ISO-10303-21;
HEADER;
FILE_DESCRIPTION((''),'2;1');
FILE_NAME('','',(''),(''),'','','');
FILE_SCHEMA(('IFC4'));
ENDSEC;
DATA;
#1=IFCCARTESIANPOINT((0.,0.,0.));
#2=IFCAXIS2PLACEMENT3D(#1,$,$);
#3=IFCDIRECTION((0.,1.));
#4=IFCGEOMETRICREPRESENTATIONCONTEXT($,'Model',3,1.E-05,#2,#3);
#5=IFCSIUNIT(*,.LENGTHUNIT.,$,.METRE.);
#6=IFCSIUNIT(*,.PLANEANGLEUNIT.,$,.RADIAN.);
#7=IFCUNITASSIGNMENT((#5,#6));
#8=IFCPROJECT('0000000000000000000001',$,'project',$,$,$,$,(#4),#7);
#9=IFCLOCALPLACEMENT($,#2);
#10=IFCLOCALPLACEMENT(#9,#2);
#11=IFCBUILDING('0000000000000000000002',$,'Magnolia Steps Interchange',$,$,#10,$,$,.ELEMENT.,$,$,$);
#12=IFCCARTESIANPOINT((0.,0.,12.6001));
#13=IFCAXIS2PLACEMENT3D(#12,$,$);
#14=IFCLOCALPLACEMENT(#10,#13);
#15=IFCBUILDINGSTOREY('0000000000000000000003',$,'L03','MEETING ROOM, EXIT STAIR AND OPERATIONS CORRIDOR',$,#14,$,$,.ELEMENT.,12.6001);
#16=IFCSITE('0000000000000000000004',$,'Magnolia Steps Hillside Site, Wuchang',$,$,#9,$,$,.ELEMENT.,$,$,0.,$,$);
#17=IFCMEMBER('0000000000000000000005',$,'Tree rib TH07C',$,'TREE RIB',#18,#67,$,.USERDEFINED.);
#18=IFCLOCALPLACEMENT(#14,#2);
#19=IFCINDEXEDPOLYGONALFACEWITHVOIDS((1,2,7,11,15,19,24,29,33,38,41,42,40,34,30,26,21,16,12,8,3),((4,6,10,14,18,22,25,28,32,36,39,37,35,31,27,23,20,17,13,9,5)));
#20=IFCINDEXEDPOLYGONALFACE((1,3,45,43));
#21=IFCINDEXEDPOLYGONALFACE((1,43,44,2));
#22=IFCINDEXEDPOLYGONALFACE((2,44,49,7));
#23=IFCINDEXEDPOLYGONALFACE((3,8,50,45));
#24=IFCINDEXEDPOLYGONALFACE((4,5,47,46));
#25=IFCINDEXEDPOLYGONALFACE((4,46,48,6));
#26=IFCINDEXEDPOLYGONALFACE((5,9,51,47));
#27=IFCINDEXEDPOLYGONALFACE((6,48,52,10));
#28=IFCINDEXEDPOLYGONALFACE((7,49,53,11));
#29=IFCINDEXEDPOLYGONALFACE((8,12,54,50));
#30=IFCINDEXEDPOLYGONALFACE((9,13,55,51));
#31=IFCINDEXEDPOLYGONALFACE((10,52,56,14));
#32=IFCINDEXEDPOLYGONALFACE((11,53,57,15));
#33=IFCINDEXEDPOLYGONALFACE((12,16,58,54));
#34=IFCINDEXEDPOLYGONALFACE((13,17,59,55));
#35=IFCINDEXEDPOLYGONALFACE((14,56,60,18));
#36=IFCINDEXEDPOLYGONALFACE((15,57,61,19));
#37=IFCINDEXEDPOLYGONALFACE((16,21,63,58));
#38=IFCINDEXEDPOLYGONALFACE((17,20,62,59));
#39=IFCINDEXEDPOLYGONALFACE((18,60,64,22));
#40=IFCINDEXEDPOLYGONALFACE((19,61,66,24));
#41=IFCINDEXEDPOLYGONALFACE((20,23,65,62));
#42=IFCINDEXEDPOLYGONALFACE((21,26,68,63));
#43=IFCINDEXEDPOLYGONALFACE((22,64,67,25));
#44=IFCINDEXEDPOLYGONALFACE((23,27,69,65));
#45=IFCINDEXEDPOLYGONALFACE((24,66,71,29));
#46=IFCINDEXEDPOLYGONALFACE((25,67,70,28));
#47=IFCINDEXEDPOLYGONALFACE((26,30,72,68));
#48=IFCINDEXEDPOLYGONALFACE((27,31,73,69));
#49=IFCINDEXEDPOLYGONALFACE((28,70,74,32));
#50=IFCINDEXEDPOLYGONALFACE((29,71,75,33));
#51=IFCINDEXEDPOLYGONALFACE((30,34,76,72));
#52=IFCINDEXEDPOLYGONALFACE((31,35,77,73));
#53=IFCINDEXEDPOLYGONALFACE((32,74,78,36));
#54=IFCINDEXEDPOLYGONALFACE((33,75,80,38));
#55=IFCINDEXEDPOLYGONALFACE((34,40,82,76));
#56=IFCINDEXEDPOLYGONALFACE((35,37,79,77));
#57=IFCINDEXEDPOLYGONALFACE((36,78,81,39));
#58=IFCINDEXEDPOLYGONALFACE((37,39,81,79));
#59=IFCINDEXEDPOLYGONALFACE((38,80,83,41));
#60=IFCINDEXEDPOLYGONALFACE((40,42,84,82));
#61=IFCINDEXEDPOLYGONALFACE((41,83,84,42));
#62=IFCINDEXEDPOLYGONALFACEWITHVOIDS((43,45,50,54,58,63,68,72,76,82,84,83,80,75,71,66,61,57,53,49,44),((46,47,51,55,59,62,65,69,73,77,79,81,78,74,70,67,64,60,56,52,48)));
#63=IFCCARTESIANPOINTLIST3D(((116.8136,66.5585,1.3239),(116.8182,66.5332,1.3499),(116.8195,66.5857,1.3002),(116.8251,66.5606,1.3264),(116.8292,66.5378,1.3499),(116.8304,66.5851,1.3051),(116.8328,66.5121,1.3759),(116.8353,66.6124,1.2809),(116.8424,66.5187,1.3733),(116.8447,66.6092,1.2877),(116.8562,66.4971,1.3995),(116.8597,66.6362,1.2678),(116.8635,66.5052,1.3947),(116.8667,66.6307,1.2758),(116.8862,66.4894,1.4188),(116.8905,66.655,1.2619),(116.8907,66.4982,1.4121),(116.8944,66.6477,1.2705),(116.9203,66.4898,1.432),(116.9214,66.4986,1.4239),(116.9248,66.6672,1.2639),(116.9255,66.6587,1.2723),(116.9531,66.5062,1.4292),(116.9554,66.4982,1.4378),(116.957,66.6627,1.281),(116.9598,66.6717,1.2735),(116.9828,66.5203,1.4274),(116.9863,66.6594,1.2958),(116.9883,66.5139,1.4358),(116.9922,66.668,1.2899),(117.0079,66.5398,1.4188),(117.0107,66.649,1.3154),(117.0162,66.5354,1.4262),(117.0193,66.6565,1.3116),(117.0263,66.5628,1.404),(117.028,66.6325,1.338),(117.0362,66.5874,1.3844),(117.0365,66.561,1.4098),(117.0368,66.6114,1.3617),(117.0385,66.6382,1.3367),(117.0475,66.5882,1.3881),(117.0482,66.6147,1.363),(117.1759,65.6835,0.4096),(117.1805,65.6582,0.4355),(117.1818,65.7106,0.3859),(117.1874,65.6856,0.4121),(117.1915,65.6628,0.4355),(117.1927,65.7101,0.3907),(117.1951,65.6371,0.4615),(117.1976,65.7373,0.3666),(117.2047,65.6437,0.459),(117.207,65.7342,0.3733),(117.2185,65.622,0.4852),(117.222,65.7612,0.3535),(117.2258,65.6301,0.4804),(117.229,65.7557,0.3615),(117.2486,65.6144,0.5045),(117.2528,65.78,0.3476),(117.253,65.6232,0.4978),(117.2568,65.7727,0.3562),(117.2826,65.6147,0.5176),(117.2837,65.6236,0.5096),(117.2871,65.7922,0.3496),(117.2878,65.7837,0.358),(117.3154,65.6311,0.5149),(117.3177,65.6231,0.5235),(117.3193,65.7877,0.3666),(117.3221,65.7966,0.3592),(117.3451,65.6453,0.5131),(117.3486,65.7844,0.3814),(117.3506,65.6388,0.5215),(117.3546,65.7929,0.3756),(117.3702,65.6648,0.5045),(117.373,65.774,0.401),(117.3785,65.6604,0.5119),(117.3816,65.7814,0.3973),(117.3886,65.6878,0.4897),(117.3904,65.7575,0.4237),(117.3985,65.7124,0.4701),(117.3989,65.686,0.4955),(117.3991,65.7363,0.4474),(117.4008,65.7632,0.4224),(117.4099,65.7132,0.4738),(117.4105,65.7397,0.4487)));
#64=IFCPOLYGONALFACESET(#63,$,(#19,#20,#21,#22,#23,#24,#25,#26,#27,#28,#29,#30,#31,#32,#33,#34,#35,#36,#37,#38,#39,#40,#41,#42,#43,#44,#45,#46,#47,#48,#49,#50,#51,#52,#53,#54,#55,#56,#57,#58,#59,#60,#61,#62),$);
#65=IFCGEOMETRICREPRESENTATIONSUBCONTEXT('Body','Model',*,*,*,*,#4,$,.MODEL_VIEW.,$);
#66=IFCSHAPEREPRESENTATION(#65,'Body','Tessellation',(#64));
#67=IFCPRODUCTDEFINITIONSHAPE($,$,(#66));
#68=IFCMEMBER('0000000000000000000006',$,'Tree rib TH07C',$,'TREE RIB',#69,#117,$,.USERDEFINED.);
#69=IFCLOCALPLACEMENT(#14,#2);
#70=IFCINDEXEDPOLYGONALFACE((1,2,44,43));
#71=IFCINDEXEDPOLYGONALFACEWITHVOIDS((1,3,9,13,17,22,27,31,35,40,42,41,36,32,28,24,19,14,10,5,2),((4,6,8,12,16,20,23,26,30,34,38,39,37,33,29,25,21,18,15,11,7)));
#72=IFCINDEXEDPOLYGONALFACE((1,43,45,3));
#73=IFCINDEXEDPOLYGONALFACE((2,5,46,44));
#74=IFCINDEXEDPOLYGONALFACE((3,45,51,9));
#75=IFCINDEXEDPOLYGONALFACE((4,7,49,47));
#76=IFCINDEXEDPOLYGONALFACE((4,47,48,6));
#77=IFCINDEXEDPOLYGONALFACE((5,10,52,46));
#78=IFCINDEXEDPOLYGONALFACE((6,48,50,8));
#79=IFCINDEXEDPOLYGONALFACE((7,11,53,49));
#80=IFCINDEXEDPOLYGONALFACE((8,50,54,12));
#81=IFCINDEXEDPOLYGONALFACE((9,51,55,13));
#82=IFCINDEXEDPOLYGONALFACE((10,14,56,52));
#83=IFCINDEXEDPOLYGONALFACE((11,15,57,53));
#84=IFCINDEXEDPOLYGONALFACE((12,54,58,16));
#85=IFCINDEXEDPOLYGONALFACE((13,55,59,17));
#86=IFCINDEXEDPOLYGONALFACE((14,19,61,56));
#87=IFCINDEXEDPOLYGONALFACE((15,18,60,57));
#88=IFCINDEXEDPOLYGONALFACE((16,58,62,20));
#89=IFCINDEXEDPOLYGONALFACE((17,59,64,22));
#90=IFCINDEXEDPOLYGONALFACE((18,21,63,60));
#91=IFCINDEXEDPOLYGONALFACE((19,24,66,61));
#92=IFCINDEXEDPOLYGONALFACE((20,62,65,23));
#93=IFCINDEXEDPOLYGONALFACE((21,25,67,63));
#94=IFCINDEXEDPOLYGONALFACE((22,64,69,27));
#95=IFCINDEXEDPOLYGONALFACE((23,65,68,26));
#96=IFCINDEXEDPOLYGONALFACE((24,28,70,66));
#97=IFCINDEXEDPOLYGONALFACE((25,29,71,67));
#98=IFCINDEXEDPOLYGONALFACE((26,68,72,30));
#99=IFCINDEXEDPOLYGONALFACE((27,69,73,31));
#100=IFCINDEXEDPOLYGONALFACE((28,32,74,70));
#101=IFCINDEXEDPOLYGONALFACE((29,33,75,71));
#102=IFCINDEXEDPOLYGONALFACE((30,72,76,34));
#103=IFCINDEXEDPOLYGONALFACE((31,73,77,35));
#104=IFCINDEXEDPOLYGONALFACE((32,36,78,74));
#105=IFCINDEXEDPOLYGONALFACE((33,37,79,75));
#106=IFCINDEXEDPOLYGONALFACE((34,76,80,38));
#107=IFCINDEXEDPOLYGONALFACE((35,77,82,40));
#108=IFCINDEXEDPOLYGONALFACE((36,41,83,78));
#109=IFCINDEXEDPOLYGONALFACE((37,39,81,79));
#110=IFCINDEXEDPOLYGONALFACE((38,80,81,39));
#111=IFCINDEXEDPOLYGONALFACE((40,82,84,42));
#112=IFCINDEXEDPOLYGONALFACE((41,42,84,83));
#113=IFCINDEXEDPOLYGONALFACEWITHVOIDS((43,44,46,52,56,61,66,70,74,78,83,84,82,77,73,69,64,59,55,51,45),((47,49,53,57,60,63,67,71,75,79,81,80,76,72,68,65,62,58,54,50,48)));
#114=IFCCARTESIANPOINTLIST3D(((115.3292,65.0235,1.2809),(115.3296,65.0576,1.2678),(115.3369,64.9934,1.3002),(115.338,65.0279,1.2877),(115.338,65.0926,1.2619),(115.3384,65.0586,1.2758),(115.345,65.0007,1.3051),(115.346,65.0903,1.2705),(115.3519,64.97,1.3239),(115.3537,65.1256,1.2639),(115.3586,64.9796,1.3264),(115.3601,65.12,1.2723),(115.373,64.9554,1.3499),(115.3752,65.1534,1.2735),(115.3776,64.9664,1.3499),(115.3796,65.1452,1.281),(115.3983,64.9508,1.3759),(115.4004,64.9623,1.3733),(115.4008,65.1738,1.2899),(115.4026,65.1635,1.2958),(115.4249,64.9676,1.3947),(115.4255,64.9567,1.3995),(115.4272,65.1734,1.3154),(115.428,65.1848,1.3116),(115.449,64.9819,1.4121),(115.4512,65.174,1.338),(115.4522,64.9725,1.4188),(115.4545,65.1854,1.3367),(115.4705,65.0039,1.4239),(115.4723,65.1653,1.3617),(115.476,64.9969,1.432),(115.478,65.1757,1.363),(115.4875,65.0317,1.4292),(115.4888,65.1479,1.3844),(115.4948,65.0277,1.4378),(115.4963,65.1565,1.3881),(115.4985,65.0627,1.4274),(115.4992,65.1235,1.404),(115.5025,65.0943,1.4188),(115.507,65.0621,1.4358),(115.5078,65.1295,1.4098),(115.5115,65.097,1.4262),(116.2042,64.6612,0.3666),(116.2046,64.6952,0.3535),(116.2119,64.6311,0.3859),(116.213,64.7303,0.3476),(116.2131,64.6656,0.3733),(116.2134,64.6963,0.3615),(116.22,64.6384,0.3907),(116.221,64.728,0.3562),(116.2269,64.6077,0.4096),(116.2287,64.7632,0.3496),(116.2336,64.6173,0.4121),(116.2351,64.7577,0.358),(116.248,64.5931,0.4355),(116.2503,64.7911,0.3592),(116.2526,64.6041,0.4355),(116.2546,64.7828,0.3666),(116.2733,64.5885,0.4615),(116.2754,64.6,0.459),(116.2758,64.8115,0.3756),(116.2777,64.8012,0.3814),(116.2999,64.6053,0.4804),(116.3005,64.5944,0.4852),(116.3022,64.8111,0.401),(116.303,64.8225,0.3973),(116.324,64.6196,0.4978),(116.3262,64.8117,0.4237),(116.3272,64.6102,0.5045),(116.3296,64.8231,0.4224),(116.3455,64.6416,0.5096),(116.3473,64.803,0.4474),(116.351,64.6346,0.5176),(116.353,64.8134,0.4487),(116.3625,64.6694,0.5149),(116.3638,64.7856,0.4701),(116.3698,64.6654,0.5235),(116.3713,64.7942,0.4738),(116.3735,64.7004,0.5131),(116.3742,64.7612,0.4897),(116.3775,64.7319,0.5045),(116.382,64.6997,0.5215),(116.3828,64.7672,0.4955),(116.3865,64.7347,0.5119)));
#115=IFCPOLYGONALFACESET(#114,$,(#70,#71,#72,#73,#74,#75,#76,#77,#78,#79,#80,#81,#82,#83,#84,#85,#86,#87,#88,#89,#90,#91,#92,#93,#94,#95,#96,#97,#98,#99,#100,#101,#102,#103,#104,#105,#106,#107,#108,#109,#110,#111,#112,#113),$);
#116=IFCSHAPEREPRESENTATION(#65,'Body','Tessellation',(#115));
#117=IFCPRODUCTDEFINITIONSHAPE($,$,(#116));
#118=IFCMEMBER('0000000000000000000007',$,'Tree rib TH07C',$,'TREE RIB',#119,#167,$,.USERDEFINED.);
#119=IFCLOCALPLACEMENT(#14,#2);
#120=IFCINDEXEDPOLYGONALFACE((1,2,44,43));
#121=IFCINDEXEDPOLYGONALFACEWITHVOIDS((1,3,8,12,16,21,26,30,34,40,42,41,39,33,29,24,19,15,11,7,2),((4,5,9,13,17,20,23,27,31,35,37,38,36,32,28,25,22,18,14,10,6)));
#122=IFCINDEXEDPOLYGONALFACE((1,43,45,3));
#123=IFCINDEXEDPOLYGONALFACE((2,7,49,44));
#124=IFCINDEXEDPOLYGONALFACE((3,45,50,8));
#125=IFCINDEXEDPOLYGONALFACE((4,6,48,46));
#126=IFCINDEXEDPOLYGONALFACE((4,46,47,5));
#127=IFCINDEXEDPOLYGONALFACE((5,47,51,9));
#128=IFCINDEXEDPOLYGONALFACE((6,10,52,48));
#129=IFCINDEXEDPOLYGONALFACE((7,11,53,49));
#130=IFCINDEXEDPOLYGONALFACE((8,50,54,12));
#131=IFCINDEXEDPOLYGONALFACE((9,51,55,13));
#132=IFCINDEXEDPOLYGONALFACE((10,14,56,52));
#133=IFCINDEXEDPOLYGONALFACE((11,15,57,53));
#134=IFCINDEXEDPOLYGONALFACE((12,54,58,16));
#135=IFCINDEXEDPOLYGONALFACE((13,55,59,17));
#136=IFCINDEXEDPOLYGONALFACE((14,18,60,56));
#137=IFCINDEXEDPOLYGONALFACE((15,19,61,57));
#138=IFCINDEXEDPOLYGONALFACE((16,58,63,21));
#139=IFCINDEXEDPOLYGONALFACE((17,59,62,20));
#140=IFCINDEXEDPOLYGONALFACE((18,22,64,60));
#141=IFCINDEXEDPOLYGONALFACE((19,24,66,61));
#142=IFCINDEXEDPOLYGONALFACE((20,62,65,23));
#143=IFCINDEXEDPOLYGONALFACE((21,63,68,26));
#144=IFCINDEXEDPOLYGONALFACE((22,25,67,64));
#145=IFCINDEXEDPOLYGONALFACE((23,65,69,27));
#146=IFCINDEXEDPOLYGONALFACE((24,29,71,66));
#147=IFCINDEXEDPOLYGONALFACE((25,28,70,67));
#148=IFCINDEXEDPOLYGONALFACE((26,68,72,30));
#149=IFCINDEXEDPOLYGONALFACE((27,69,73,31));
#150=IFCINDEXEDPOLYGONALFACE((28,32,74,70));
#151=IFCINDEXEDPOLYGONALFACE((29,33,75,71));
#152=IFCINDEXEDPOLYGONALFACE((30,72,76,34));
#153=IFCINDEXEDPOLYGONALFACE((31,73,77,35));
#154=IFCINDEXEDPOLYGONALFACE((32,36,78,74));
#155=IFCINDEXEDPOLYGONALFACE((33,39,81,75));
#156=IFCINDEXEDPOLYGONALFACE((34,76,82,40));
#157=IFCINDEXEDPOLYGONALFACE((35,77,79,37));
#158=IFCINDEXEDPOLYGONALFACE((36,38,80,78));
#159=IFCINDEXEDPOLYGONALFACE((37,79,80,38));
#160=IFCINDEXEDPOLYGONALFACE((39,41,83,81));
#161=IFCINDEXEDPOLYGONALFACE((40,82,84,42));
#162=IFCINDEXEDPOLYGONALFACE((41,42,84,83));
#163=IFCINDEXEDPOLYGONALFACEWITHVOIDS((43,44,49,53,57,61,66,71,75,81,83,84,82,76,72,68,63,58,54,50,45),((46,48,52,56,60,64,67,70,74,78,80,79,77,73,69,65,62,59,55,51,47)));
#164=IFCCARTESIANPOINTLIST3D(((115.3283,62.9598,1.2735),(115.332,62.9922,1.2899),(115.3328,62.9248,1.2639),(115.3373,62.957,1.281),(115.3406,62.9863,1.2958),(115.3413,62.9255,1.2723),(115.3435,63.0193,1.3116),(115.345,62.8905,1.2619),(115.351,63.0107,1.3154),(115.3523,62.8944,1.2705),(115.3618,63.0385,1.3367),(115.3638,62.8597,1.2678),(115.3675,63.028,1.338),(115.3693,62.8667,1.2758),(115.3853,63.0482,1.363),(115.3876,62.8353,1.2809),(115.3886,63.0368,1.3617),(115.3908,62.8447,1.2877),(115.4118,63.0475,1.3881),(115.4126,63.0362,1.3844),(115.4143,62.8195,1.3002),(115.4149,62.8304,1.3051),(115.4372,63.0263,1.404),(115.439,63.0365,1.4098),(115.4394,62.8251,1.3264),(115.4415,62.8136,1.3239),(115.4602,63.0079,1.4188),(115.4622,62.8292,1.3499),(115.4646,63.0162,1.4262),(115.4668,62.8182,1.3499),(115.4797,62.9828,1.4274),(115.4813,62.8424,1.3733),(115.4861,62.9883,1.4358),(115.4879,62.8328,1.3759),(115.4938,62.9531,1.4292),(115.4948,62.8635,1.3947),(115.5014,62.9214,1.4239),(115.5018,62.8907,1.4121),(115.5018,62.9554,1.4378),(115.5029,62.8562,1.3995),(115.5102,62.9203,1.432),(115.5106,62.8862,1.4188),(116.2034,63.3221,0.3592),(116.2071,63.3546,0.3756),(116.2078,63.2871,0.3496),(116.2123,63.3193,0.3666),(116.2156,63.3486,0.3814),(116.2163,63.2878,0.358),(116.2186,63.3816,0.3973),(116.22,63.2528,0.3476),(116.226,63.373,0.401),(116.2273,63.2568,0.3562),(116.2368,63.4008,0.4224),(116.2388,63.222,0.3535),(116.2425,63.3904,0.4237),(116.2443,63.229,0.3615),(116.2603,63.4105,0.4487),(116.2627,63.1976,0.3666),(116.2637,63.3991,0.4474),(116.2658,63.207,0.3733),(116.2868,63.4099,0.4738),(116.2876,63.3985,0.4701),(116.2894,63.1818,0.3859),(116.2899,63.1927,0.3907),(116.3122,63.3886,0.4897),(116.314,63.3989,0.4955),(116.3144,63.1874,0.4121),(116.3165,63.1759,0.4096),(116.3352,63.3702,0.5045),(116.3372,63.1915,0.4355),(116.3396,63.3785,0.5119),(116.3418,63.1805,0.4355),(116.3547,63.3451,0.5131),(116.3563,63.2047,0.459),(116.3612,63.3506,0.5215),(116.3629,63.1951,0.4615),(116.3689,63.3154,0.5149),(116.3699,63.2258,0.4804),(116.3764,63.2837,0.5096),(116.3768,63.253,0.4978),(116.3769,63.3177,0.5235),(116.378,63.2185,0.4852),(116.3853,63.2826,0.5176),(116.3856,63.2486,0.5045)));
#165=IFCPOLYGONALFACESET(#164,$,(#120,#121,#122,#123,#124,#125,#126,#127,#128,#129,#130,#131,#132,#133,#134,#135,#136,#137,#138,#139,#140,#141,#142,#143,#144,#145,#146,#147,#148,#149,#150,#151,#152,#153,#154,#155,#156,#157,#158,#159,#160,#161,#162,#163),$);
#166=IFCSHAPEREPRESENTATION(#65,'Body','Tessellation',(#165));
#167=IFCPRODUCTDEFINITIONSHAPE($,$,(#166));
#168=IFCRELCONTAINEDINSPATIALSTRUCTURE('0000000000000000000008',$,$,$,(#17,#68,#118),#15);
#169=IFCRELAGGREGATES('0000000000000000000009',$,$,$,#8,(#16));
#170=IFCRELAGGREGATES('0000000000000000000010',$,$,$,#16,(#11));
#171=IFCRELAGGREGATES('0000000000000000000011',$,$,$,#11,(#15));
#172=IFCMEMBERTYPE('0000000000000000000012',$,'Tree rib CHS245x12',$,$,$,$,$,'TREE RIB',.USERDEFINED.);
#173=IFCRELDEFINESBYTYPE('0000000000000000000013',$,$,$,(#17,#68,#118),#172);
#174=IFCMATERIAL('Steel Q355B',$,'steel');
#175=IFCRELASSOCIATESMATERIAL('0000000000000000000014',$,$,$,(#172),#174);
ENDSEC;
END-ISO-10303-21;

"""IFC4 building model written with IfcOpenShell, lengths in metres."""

from ifc_helpers import new_model, si_unit, direction, frame, origin, origin_2d, place, context, subcontext, project, spatial, hollow_circle, extrude, material, material_profile, profile_set, type_object, element, save


model = new_model("IFC4")

# Units and contexts
model_context = context("Model", 3, precision=1e-05, world=origin(), true_north=direction((0.0, 1.0)))
body_context = subcontext(model_context, "Body", "Model", "MODEL_VIEW")
ifc_project = project(units=[si_unit("LENGTHUNIT", "METRE"), si_unit("PLANEANGLEUNIT", "RADIAN")], contexts=[model_context])

# Site, building, storey
site_placement = place(None, origin())
site = spatial("IfcSite", under=ifc_project, at=site_placement, Name="Magnolia Steps Hillside Site, Wuchang", CompositionType="ELEMENT", RefElevation=0.0)
building_placement = place(site_placement, origin())
building = spatial("IfcBuilding", under=site, at=building_placement, Name="Magnolia Steps Interchange", CompositionType="ELEMENT")
storey_placement = place(building_placement, frame((0.0, 0.0, 12.6001)))
storey = spatial("IfcBuildingStorey", under=building, at=storey_placement, Name="L03", Description="MEETING ROOM, EXIT STAIR AND OPERATIONS CORRIDOR", CompositionType="ELEMENT", Elevation=12.6001)

# Members
ifc_material_1 = material(Name="Steel Q355B", Category="steel")
ifc_material_profile_1 = material_profile(ifc_material_1, hollow_circle(Radius=0.1226, WallThickness=0.012, at=origin_2d()), Name="CHS245x12")
ifc_profile_set_1 = profile_set([ifc_material_profile_1], Name="Steel Q355B")
member_type_1 = type_object("IfcMemberType", Name="Tree rib CHS245x12", ElementType="TREE RIB", PredefinedType="USERDEFINED", material=ifc_profile_set_1)
for number, where, z_axis, x_axis, name in (
    (1, (117.2937, 65.7051, 0.4355), (-0.275229, 0.664704, 0.694563), (-0.923929, -0.382564, 0.0), "Tree rib TH07C"),
    (2, (116.2949, 64.7063, 0.4355), (-0.664704, 0.275229, 0.694563), (-0.382564, -0.923929, 0.0), "Tree rib TH07C"),
    (3, (116.2949, 63.2937, 0.4355), (-0.664704, -0.275229, 0.694563), (0.382564, -0.923929, 0.0), "Tree rib TH07C"),
):
    element("IfcMember", number, at=place(storey_placement, frame(where, z_axis=z_axis, x_axis=x_axis)), inside=storey, type_object=member_type_1, Name=name, ObjectType="TREE RIB", PredefinedType="USERDEFINED", context=body_context, shape_type="SweptSolid", body=[
        extrude(hollow_circle(Radius=0.1226, WallThickness=0.012, at=origin_2d()), origin(), (0.0, 0.0, 1.0), 1.3164),
    ])

save(model, "model.ifc")
